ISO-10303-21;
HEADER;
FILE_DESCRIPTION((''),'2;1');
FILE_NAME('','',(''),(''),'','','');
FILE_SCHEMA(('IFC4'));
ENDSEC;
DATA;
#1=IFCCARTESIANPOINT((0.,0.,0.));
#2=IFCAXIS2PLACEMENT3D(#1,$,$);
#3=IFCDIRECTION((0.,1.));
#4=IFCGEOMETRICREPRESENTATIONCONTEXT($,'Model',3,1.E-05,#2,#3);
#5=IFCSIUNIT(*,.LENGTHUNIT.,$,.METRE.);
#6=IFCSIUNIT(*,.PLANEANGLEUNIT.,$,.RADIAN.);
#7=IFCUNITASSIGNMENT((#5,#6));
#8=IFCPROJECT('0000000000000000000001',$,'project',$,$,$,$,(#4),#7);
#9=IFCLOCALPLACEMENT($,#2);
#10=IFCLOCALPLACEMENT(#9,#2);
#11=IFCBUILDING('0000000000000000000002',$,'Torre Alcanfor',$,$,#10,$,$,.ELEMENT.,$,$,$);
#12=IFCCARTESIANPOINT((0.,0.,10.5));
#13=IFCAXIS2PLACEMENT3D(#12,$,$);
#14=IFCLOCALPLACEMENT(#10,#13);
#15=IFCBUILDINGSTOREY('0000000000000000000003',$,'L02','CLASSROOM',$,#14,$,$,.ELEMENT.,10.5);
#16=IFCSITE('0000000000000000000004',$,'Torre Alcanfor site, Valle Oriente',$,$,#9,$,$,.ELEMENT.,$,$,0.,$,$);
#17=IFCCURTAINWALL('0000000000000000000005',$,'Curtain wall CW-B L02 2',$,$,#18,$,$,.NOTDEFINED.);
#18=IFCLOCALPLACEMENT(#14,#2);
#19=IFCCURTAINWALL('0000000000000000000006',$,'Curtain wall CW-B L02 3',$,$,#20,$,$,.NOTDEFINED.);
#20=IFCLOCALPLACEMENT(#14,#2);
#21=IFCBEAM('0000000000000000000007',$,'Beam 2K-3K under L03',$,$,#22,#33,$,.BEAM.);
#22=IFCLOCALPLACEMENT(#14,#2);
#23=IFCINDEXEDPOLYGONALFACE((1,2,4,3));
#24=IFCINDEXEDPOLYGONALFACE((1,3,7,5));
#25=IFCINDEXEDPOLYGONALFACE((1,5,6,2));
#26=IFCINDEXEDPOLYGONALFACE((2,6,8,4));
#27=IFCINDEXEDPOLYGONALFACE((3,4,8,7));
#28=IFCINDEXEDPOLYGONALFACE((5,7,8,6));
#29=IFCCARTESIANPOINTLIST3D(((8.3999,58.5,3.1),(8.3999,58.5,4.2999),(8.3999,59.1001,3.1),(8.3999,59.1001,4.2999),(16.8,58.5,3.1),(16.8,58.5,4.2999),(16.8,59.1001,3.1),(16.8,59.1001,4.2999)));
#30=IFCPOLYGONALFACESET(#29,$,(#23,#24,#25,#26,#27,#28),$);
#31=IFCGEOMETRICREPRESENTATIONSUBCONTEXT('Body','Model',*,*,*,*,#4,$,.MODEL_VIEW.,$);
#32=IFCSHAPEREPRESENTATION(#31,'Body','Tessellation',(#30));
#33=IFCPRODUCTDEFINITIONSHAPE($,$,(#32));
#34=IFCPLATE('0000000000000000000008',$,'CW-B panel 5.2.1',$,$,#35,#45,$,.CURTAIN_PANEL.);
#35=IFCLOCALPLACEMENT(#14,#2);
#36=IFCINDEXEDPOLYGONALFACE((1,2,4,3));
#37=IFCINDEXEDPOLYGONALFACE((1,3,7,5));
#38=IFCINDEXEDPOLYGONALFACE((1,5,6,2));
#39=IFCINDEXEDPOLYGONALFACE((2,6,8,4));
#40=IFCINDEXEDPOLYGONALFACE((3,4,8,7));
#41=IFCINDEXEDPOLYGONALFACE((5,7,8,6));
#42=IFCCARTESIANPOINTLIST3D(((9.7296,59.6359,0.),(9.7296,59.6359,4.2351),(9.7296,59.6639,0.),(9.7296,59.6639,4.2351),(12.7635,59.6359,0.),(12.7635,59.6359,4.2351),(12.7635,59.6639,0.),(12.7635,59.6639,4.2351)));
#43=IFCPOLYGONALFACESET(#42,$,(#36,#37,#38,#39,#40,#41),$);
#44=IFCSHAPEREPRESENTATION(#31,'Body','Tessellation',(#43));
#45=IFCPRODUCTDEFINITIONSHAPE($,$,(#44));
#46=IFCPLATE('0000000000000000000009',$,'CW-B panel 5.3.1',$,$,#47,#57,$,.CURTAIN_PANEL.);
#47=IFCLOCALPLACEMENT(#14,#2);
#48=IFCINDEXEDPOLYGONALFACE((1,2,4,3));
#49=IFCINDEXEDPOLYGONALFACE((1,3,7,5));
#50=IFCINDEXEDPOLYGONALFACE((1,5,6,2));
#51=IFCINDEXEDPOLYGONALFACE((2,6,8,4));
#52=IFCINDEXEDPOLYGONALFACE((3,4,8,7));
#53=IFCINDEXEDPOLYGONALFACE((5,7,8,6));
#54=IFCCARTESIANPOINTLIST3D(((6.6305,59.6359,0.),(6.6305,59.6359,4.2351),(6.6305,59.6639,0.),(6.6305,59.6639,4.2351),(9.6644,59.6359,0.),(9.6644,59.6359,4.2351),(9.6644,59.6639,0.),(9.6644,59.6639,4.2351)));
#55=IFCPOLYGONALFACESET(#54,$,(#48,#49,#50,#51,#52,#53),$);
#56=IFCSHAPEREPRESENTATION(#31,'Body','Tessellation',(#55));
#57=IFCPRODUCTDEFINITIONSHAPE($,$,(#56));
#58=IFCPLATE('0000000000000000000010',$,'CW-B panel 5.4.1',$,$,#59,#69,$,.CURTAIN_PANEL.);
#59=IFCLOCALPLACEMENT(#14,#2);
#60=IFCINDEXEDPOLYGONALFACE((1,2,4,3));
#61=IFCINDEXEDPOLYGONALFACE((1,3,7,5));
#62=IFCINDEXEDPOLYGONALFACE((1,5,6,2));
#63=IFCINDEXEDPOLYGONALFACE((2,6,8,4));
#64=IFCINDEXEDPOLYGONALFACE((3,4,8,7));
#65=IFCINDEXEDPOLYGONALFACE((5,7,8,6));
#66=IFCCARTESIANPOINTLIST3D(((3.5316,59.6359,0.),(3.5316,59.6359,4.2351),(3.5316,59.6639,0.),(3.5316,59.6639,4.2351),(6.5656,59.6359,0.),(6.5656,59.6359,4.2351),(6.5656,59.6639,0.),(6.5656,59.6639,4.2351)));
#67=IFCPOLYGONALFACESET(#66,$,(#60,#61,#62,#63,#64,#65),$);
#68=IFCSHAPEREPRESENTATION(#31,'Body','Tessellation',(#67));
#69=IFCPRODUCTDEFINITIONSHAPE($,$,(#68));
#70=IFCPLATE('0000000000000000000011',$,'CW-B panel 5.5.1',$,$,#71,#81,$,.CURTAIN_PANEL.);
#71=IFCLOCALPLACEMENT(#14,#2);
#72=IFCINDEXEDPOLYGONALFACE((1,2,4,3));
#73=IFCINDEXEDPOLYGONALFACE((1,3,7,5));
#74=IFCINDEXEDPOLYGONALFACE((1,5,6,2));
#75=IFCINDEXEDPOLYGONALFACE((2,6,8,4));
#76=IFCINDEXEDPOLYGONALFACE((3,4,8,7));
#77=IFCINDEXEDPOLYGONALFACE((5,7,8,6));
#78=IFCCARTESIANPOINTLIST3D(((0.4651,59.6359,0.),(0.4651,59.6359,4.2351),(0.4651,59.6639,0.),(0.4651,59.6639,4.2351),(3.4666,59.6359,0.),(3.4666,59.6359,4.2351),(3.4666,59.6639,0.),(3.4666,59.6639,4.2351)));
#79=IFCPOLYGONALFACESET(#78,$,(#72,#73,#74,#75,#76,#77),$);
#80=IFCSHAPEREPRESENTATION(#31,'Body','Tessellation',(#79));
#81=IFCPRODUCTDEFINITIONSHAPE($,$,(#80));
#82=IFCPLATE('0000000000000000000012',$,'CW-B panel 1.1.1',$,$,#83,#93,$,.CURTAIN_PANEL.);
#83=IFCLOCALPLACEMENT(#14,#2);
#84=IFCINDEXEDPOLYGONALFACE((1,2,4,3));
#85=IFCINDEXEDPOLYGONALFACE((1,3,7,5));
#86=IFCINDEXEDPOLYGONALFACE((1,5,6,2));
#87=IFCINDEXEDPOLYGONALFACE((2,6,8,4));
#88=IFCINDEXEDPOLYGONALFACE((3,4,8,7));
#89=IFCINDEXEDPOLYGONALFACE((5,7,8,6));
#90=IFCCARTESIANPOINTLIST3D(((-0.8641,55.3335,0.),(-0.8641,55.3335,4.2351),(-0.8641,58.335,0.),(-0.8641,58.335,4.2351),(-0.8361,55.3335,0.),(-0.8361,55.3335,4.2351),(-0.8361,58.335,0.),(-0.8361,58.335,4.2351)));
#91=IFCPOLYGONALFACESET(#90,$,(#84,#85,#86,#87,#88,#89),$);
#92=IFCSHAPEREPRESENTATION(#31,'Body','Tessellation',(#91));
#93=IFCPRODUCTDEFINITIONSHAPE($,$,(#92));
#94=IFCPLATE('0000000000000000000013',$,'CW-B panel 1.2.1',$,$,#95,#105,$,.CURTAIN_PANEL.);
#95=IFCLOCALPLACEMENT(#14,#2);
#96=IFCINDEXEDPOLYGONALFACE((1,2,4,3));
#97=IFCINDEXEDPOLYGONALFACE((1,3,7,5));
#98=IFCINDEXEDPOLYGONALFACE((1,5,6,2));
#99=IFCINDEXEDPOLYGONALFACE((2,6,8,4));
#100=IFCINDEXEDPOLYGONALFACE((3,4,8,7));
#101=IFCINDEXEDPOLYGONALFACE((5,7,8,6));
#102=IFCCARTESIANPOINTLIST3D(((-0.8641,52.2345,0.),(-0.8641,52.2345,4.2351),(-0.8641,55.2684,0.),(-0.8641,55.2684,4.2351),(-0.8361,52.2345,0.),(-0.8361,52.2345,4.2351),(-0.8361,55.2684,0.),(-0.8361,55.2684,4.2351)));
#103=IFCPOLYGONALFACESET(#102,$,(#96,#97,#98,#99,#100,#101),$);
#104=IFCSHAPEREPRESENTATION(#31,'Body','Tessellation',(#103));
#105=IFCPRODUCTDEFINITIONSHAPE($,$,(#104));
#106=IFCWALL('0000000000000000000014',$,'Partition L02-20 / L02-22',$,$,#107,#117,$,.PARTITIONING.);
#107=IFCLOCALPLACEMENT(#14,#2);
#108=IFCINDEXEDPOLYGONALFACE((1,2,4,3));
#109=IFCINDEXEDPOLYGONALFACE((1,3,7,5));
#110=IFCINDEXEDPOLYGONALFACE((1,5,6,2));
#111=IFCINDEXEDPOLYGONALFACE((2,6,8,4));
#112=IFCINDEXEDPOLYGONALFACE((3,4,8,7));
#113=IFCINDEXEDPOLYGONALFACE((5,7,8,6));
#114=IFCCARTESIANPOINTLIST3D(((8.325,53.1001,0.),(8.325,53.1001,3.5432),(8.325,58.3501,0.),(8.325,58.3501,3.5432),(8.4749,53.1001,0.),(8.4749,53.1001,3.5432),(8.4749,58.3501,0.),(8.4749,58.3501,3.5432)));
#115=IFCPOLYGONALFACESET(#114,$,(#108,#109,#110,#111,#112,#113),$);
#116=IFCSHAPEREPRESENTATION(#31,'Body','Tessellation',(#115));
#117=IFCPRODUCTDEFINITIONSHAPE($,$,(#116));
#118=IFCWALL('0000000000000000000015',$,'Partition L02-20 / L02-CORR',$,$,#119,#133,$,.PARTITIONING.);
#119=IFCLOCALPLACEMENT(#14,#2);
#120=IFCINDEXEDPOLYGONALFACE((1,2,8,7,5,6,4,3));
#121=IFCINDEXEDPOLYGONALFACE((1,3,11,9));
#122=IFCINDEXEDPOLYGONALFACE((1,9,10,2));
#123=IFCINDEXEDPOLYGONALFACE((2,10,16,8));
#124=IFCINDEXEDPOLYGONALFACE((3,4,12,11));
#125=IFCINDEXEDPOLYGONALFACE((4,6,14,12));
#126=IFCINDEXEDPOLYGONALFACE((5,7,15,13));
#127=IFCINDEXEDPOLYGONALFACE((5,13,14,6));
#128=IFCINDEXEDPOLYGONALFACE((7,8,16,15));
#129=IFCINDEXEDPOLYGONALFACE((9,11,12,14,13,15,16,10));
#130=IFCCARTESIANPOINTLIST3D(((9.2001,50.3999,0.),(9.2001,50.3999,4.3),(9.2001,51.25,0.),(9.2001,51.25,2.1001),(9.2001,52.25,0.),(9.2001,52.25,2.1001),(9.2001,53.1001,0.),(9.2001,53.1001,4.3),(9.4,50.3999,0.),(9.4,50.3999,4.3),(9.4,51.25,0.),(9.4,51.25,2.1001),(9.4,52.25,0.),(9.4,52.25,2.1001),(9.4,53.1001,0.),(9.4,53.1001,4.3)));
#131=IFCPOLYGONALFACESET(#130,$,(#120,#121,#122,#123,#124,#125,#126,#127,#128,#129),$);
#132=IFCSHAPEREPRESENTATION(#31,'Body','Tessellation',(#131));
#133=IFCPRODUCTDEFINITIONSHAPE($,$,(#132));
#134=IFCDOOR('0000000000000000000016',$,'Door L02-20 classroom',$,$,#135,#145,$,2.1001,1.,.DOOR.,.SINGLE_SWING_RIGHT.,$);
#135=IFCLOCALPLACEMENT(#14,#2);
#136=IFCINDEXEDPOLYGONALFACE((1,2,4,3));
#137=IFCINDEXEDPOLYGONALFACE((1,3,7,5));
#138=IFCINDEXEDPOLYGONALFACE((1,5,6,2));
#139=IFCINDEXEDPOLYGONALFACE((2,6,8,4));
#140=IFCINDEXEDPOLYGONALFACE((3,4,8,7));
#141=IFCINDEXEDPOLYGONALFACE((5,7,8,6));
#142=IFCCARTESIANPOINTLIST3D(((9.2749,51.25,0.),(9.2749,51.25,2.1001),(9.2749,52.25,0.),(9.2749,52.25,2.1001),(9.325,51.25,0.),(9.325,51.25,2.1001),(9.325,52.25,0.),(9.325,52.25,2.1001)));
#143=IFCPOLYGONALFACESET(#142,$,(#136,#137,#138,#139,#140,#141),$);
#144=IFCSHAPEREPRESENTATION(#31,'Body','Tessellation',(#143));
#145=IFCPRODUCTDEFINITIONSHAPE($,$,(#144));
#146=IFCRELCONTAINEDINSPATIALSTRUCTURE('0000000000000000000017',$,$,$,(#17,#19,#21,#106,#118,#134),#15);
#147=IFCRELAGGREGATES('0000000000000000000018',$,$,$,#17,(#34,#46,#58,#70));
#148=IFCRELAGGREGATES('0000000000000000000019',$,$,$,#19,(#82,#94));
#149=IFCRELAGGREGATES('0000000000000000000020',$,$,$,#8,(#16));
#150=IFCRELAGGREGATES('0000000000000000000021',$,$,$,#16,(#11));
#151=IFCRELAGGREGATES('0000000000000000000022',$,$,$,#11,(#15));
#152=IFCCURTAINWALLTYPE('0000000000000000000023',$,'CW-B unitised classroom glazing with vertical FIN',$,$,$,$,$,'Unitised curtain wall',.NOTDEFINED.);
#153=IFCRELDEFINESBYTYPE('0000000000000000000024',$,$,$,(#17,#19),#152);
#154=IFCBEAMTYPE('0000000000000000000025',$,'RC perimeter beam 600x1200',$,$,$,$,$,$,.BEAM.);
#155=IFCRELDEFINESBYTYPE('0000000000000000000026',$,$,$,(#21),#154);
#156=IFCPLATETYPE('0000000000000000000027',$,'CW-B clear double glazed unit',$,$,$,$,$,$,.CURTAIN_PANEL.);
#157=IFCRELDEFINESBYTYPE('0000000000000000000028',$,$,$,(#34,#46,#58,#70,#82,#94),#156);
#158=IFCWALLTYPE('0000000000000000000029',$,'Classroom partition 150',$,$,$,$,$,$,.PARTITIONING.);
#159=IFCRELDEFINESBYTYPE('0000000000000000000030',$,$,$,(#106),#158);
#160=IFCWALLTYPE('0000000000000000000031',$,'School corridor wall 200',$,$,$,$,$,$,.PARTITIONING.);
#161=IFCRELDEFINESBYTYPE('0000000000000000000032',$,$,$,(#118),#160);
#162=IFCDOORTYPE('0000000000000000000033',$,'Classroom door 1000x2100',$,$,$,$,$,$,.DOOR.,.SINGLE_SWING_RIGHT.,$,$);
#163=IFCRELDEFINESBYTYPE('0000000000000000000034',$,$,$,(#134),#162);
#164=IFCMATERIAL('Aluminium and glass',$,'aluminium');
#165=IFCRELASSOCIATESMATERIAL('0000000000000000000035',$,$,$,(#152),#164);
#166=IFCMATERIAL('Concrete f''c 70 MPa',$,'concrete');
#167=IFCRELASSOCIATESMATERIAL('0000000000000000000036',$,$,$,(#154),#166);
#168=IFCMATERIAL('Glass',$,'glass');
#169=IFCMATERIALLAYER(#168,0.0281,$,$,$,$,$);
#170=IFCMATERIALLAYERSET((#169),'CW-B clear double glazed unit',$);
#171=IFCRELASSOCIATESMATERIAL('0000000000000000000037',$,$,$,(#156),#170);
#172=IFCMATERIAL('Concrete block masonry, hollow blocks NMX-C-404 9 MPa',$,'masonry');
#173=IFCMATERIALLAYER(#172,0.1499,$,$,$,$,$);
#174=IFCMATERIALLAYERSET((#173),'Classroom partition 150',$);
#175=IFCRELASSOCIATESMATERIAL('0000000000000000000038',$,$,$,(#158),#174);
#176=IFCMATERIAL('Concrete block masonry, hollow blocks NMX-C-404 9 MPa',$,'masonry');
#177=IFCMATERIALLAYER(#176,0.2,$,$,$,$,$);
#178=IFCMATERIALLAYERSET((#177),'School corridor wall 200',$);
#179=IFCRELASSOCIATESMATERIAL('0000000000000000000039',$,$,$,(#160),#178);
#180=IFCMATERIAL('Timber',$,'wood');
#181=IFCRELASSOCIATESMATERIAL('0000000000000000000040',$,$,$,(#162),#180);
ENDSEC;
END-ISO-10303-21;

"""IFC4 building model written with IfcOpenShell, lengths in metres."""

from ifc_helpers import new_model, si_unit, direction, frame, frame_2d, origin, origin_2d, place, context, subcontext, project, spatial, rectangle, extrude, material, layer, layer_set, material_profile, profile_set, type_object, element, fill, aggregate, save


model = new_model("IFC4")

# Units and contexts
model_context = context("Model", 3, precision=1e-05, world=origin(), true_north=direction((0.0, 1.0)))
body_context = subcontext(model_context, "Body", "Model", "MODEL_VIEW")
ifc_project = project(units=[si_unit("LENGTHUNIT", "METRE"), si_unit("PLANEANGLEUNIT", "RADIAN")], contexts=[model_context])

# Site, building, storey
site_placement = place(None, origin())
site = spatial("IfcSite", under=ifc_project, at=site_placement, Name="Torre Alcanfor site, Valle Oriente", CompositionType="ELEMENT", RefElevation=0.0)
building_placement = place(site_placement, origin())
building = spatial("IfcBuilding", under=site, at=building_placement, Name="Torre Alcanfor", CompositionType="ELEMENT")
storey_placement = place(building_placement, frame((0.0, 0.0, 10.5)))
storey = spatial("IfcBuildingStorey", under=building, at=storey_placement, Name="L02", Description="CLASSROOM", CompositionType="ELEMENT", Elevation=10.5)

# Curtain walls
ifc_material_1 = material(Name="Aluminium and glass", Category="aluminium")
curtain_wall_type = type_object("IfcCurtainWallType", Name="CW-B unitised classroom glazing with vertical FIN", ElementType="Unitised curtain wall", PredefinedType="NOTDEFINED", material=ifc_material_1)
curtain_wall_1_placement = place(storey_placement, origin())
curtain_wall_1 = element("IfcCurtainWall", 1, at=curtain_wall_1_placement, inside=storey, type_object=curtain_wall_type, Name="Curtain wall CW-B L02 2", PredefinedType="NOTDEFINED")
curtain_wall_2_placement = place(storey_placement, origin())
curtain_wall_2 = element("IfcCurtainWall", 2, at=curtain_wall_2_placement, inside=storey, type_object=curtain_wall_type, Name="Curtain wall CW-B L02 3", PredefinedType="NOTDEFINED")

# Beam
ifc_material_2 = material(Name="Concrete f'c 70 MPa", Category="concrete")
ifc_material_profile_1 = material_profile(ifc_material_2, rectangle(XDim=0.6001, YDim=1.2, at=origin_2d()), Name="600x1200")
ifc_profile_set_1 = profile_set([ifc_material_profile_1], Name="Concrete f'c 70 MPa")
beam_type = type_object("IfcBeamType", Name="RC perimeter beam 600x1200", PredefinedType="BEAM", material=ifc_profile_set_1)
beam_1_placement = place(storey_placement, frame((8.3999, 58.8, 3.7), z_axis=(1.0, 0.0, 0.0), x_axis=(0.0, 1.0, 0.0)))
element("IfcBeam", 3, at=beam_1_placement, inside=storey, type_object=beam_type, Name="Beam 2K-3K under L03", PredefinedType="BEAM", context=body_context, shape_type="SweptSolid", body=[
    extrude(rectangle(XDim=0.6001, YDim=1.2, at=origin_2d()), origin(), (0.0, 0.0, 1.0), 8.4001),
])

# Plates
ifc_material_3 = material(Name="Glass", Category="glass")
ifc_layer_1 = layer(ifc_material_3, 0.0281)
ifc_layer_set_1 = layer_set([ifc_layer_1], Name="CW-B clear double glazed unit")
plate_type = type_object("IfcPlateType", Name="CW-B clear double glazed unit", PredefinedType="CURTAIN_PANEL", material=ifc_layer_set_1)
plate_1_placement = place(storey_placement, frame((11.2466, 59.6499, 0.0), z_axis=(0.0, 0.0, 1.0), x_axis=(-1.0, 0.0, 0.0)))
plate_1 = element("IfcPlate", 4, at=plate_1_placement, type_object=plate_type, Name="CW-B panel 5.2.1", PredefinedType="CURTAIN_PANEL", context=body_context, shape_type="SweptSolid", body=[
    extrude(rectangle(XDim=3.0339, YDim=0.0281, at=origin_2d()), origin(), (0.0, 0.0, 1.0), 4.2351),
])
plate_2_placement = place(storey_placement, frame((8.1475, 59.6499, 0.0), z_axis=(0.0, 0.0, 1.0), x_axis=(-1.0, 0.0, 0.0)))
plate_2 = element("IfcPlate", 5, at=plate_2_placement, type_object=plate_type, Name="CW-B panel 5.3.1", PredefinedType="CURTAIN_PANEL", context=body_context, shape_type="SweptSolid", body=[
    extrude(rectangle(XDim=3.0339, YDim=0.0281, at=origin_2d()), origin(), (0.0, 0.0, 1.0), 4.2351),
])
plate_3_placement = place(storey_placement, frame((5.0486, 59.6499, 0.0), z_axis=(0.0, 0.0, 1.0), x_axis=(-1.0, 0.0, 0.0)))
plate_3 = element("IfcPlate", 6, at=plate_3_placement, type_object=plate_type, Name="CW-B panel 5.4.1", PredefinedType="CURTAIN_PANEL", context=body_context, shape_type="SweptSolid", body=[
    extrude(rectangle(XDim=3.0339, YDim=0.0281, at=origin_2d()), origin(), (0.0, 0.0, 1.0), 4.2351),
])
plate_4_placement = place(storey_placement, frame((1.9658, 59.6499, 0.0), z_axis=(0.0, 0.0, 1.0), x_axis=(-1.0, 0.0, 0.0)))
plate_4 = element("IfcPlate", 7, at=plate_4_placement, type_object=plate_type, Name="CW-B panel 5.5.1", PredefinedType="CURTAIN_PANEL", context=body_context, shape_type="SweptSolid", body=[
    extrude(rectangle(XDim=3.0015, YDim=0.0281, at=origin_2d()), origin(), (0.0, 0.0, 1.0), 4.2351),
])
aggregate(curtain_wall_1, [plate_1, plate_2, plate_3, plate_4])
plate_5_placement = place(storey_placement, frame((-0.8501, 56.8342, 0.0), z_axis=(0.0, 0.0, 1.0), x_axis=(0.0, -1.0, 0.0)))
plate_5 = element("IfcPlate", 8, at=plate_5_placement, type_object=plate_type, Name="CW-B panel 1.1.1", PredefinedType="CURTAIN_PANEL", context=body_context, shape_type="SweptSolid", body=[
    extrude(rectangle(XDim=3.0015, YDim=0.0281, at=origin_2d()), origin(), (0.0, 0.0, 1.0), 4.2351),
])
plate_6_placement = place(storey_placement, frame((-0.8501, 53.7515, 0.0), z_axis=(0.0, 0.0, 1.0), x_axis=(0.0, -1.0, 0.0)))
plate_6 = element("IfcPlate", 9, at=plate_6_placement, type_object=plate_type, Name="CW-B panel 1.2.1", PredefinedType="CURTAIN_PANEL", context=body_context, shape_type="SweptSolid", body=[
    extrude(rectangle(XDim=3.0339, YDim=0.0281, at=origin_2d()), origin(), (0.0, 0.0, 1.0), 4.2351),
])
aggregate(curtain_wall_2, [plate_5, plate_6])

# Wall
ifc_material_4 = material(Name="Concrete block masonry, hollow blocks NMX-C-404 9 MPa", Category="masonry")
ifc_layer_2 = layer(ifc_material_4, 0.1499)
ifc_layer_set_2 = layer_set([ifc_layer_2], Name="Classroom partition 150")
wall_type_1 = type_object("IfcWallType", Name="Classroom partition 150", PredefinedType="PARTITIONING", material=ifc_layer_set_2)
wall_1_placement = place(storey_placement, frame((8.3999, 58.3501, 0.0), z_axis=(0.0, 0.0, 1.0), x_axis=(0.0, -1.0, 0.0)))
element("IfcWall", 10, at=wall_1_placement, inside=storey, type_object=wall_type_1, Name="Partition L02-20 / L02-22", PredefinedType="PARTITIONING", context=body_context, shape_type="SweptSolid", body=[
    extrude(rectangle(XDim=5.25, YDim=0.1499, at=frame_2d((2.625, 0.0))), origin(), (0.0, 0.0, 1.0), 3.5432),
])

# Wall, opening, door
ifc_material_5 = material(Name="Concrete block masonry, hollow blocks NMX-C-404 9 MPa", Category="masonry")
ifc_layer_3 = layer(ifc_material_5, 0.2)
ifc_layer_set_3 = layer_set([ifc_layer_3], Name="School corridor wall 200")
wall_type_2 = type_object("IfcWallType", Name="School corridor wall 200", PredefinedType="PARTITIONING", material=ifc_layer_set_3)
wall_2_placement = place(storey_placement, frame((9.3, 53.1001, 0.0), z_axis=(0.0, 0.0, 1.0), x_axis=(0.0, -1.0, 0.0)))
wall_2 = element("IfcWall", 11, at=wall_2_placement, inside=storey, type_object=wall_type_2, Name="Partition L02-20 / L02-CORR", PredefinedType="PARTITIONING", context=body_context, shape_type="SweptSolid", body=[
    extrude(rectangle(XDim=2.7002, YDim=0.2, at=frame_2d((1.3501, 0.0))), origin(), (0.0, 0.0, 1.0), 4.3),
])
opening_placement = place(wall_2_placement, frame((0.8501, 0.0, 0.0)))
opening = element("IfcOpeningElement", 12, at=opening_placement, cuts=wall_2, PredefinedType="OPENING", context=body_context, shape_type="SweptSolid", body=[
    extrude(rectangle(XDim=1.0, YDim=2.1001, at=frame_2d((0.5, 1.05))), frame((0.0, 0.1099, 0.0), z_axis=(0.0, -1.0, 0.0), x_axis=(1.0, 0.0, 0.0)), (0.0, 0.0, 1.0), 0.22),
])
ifc_material_6 = material(Name="Timber", Category="wood")
door_type = type_object("IfcDoorType", Name="Classroom door 1000x2100", OperationType="SINGLE_SWING_RIGHT", PredefinedType="DOOR", material=ifc_material_6)
door_placement = place(opening_placement, frame((1.0, 0.0, 0.0), z_axis=(0.0, 0.0, 1.0), x_axis=(-1.0, 0.0, 0.0)))
door = element("IfcDoor", 13, at=door_placement, inside=storey, type_object=door_type, Name="Door L02-20 classroom", OperationType="SINGLE_SWING_RIGHT", OverallHeight=2.1001, OverallWidth=1.0, PredefinedType="DOOR", context=body_context, shape_type="SweptSolid", body=[
    extrude(rectangle(XDim=1.0, YDim=2.1001, at=frame_2d((0.5, 1.05))), frame((0.0, 0.0251, 0.0), z_axis=(0.0, -1.0, 0.0), x_axis=(1.0, 0.0, 0.0)), (0.0, 0.0, 1.0), 0.05),
])
fill(opening, door)

save(model, "model.ifc")
